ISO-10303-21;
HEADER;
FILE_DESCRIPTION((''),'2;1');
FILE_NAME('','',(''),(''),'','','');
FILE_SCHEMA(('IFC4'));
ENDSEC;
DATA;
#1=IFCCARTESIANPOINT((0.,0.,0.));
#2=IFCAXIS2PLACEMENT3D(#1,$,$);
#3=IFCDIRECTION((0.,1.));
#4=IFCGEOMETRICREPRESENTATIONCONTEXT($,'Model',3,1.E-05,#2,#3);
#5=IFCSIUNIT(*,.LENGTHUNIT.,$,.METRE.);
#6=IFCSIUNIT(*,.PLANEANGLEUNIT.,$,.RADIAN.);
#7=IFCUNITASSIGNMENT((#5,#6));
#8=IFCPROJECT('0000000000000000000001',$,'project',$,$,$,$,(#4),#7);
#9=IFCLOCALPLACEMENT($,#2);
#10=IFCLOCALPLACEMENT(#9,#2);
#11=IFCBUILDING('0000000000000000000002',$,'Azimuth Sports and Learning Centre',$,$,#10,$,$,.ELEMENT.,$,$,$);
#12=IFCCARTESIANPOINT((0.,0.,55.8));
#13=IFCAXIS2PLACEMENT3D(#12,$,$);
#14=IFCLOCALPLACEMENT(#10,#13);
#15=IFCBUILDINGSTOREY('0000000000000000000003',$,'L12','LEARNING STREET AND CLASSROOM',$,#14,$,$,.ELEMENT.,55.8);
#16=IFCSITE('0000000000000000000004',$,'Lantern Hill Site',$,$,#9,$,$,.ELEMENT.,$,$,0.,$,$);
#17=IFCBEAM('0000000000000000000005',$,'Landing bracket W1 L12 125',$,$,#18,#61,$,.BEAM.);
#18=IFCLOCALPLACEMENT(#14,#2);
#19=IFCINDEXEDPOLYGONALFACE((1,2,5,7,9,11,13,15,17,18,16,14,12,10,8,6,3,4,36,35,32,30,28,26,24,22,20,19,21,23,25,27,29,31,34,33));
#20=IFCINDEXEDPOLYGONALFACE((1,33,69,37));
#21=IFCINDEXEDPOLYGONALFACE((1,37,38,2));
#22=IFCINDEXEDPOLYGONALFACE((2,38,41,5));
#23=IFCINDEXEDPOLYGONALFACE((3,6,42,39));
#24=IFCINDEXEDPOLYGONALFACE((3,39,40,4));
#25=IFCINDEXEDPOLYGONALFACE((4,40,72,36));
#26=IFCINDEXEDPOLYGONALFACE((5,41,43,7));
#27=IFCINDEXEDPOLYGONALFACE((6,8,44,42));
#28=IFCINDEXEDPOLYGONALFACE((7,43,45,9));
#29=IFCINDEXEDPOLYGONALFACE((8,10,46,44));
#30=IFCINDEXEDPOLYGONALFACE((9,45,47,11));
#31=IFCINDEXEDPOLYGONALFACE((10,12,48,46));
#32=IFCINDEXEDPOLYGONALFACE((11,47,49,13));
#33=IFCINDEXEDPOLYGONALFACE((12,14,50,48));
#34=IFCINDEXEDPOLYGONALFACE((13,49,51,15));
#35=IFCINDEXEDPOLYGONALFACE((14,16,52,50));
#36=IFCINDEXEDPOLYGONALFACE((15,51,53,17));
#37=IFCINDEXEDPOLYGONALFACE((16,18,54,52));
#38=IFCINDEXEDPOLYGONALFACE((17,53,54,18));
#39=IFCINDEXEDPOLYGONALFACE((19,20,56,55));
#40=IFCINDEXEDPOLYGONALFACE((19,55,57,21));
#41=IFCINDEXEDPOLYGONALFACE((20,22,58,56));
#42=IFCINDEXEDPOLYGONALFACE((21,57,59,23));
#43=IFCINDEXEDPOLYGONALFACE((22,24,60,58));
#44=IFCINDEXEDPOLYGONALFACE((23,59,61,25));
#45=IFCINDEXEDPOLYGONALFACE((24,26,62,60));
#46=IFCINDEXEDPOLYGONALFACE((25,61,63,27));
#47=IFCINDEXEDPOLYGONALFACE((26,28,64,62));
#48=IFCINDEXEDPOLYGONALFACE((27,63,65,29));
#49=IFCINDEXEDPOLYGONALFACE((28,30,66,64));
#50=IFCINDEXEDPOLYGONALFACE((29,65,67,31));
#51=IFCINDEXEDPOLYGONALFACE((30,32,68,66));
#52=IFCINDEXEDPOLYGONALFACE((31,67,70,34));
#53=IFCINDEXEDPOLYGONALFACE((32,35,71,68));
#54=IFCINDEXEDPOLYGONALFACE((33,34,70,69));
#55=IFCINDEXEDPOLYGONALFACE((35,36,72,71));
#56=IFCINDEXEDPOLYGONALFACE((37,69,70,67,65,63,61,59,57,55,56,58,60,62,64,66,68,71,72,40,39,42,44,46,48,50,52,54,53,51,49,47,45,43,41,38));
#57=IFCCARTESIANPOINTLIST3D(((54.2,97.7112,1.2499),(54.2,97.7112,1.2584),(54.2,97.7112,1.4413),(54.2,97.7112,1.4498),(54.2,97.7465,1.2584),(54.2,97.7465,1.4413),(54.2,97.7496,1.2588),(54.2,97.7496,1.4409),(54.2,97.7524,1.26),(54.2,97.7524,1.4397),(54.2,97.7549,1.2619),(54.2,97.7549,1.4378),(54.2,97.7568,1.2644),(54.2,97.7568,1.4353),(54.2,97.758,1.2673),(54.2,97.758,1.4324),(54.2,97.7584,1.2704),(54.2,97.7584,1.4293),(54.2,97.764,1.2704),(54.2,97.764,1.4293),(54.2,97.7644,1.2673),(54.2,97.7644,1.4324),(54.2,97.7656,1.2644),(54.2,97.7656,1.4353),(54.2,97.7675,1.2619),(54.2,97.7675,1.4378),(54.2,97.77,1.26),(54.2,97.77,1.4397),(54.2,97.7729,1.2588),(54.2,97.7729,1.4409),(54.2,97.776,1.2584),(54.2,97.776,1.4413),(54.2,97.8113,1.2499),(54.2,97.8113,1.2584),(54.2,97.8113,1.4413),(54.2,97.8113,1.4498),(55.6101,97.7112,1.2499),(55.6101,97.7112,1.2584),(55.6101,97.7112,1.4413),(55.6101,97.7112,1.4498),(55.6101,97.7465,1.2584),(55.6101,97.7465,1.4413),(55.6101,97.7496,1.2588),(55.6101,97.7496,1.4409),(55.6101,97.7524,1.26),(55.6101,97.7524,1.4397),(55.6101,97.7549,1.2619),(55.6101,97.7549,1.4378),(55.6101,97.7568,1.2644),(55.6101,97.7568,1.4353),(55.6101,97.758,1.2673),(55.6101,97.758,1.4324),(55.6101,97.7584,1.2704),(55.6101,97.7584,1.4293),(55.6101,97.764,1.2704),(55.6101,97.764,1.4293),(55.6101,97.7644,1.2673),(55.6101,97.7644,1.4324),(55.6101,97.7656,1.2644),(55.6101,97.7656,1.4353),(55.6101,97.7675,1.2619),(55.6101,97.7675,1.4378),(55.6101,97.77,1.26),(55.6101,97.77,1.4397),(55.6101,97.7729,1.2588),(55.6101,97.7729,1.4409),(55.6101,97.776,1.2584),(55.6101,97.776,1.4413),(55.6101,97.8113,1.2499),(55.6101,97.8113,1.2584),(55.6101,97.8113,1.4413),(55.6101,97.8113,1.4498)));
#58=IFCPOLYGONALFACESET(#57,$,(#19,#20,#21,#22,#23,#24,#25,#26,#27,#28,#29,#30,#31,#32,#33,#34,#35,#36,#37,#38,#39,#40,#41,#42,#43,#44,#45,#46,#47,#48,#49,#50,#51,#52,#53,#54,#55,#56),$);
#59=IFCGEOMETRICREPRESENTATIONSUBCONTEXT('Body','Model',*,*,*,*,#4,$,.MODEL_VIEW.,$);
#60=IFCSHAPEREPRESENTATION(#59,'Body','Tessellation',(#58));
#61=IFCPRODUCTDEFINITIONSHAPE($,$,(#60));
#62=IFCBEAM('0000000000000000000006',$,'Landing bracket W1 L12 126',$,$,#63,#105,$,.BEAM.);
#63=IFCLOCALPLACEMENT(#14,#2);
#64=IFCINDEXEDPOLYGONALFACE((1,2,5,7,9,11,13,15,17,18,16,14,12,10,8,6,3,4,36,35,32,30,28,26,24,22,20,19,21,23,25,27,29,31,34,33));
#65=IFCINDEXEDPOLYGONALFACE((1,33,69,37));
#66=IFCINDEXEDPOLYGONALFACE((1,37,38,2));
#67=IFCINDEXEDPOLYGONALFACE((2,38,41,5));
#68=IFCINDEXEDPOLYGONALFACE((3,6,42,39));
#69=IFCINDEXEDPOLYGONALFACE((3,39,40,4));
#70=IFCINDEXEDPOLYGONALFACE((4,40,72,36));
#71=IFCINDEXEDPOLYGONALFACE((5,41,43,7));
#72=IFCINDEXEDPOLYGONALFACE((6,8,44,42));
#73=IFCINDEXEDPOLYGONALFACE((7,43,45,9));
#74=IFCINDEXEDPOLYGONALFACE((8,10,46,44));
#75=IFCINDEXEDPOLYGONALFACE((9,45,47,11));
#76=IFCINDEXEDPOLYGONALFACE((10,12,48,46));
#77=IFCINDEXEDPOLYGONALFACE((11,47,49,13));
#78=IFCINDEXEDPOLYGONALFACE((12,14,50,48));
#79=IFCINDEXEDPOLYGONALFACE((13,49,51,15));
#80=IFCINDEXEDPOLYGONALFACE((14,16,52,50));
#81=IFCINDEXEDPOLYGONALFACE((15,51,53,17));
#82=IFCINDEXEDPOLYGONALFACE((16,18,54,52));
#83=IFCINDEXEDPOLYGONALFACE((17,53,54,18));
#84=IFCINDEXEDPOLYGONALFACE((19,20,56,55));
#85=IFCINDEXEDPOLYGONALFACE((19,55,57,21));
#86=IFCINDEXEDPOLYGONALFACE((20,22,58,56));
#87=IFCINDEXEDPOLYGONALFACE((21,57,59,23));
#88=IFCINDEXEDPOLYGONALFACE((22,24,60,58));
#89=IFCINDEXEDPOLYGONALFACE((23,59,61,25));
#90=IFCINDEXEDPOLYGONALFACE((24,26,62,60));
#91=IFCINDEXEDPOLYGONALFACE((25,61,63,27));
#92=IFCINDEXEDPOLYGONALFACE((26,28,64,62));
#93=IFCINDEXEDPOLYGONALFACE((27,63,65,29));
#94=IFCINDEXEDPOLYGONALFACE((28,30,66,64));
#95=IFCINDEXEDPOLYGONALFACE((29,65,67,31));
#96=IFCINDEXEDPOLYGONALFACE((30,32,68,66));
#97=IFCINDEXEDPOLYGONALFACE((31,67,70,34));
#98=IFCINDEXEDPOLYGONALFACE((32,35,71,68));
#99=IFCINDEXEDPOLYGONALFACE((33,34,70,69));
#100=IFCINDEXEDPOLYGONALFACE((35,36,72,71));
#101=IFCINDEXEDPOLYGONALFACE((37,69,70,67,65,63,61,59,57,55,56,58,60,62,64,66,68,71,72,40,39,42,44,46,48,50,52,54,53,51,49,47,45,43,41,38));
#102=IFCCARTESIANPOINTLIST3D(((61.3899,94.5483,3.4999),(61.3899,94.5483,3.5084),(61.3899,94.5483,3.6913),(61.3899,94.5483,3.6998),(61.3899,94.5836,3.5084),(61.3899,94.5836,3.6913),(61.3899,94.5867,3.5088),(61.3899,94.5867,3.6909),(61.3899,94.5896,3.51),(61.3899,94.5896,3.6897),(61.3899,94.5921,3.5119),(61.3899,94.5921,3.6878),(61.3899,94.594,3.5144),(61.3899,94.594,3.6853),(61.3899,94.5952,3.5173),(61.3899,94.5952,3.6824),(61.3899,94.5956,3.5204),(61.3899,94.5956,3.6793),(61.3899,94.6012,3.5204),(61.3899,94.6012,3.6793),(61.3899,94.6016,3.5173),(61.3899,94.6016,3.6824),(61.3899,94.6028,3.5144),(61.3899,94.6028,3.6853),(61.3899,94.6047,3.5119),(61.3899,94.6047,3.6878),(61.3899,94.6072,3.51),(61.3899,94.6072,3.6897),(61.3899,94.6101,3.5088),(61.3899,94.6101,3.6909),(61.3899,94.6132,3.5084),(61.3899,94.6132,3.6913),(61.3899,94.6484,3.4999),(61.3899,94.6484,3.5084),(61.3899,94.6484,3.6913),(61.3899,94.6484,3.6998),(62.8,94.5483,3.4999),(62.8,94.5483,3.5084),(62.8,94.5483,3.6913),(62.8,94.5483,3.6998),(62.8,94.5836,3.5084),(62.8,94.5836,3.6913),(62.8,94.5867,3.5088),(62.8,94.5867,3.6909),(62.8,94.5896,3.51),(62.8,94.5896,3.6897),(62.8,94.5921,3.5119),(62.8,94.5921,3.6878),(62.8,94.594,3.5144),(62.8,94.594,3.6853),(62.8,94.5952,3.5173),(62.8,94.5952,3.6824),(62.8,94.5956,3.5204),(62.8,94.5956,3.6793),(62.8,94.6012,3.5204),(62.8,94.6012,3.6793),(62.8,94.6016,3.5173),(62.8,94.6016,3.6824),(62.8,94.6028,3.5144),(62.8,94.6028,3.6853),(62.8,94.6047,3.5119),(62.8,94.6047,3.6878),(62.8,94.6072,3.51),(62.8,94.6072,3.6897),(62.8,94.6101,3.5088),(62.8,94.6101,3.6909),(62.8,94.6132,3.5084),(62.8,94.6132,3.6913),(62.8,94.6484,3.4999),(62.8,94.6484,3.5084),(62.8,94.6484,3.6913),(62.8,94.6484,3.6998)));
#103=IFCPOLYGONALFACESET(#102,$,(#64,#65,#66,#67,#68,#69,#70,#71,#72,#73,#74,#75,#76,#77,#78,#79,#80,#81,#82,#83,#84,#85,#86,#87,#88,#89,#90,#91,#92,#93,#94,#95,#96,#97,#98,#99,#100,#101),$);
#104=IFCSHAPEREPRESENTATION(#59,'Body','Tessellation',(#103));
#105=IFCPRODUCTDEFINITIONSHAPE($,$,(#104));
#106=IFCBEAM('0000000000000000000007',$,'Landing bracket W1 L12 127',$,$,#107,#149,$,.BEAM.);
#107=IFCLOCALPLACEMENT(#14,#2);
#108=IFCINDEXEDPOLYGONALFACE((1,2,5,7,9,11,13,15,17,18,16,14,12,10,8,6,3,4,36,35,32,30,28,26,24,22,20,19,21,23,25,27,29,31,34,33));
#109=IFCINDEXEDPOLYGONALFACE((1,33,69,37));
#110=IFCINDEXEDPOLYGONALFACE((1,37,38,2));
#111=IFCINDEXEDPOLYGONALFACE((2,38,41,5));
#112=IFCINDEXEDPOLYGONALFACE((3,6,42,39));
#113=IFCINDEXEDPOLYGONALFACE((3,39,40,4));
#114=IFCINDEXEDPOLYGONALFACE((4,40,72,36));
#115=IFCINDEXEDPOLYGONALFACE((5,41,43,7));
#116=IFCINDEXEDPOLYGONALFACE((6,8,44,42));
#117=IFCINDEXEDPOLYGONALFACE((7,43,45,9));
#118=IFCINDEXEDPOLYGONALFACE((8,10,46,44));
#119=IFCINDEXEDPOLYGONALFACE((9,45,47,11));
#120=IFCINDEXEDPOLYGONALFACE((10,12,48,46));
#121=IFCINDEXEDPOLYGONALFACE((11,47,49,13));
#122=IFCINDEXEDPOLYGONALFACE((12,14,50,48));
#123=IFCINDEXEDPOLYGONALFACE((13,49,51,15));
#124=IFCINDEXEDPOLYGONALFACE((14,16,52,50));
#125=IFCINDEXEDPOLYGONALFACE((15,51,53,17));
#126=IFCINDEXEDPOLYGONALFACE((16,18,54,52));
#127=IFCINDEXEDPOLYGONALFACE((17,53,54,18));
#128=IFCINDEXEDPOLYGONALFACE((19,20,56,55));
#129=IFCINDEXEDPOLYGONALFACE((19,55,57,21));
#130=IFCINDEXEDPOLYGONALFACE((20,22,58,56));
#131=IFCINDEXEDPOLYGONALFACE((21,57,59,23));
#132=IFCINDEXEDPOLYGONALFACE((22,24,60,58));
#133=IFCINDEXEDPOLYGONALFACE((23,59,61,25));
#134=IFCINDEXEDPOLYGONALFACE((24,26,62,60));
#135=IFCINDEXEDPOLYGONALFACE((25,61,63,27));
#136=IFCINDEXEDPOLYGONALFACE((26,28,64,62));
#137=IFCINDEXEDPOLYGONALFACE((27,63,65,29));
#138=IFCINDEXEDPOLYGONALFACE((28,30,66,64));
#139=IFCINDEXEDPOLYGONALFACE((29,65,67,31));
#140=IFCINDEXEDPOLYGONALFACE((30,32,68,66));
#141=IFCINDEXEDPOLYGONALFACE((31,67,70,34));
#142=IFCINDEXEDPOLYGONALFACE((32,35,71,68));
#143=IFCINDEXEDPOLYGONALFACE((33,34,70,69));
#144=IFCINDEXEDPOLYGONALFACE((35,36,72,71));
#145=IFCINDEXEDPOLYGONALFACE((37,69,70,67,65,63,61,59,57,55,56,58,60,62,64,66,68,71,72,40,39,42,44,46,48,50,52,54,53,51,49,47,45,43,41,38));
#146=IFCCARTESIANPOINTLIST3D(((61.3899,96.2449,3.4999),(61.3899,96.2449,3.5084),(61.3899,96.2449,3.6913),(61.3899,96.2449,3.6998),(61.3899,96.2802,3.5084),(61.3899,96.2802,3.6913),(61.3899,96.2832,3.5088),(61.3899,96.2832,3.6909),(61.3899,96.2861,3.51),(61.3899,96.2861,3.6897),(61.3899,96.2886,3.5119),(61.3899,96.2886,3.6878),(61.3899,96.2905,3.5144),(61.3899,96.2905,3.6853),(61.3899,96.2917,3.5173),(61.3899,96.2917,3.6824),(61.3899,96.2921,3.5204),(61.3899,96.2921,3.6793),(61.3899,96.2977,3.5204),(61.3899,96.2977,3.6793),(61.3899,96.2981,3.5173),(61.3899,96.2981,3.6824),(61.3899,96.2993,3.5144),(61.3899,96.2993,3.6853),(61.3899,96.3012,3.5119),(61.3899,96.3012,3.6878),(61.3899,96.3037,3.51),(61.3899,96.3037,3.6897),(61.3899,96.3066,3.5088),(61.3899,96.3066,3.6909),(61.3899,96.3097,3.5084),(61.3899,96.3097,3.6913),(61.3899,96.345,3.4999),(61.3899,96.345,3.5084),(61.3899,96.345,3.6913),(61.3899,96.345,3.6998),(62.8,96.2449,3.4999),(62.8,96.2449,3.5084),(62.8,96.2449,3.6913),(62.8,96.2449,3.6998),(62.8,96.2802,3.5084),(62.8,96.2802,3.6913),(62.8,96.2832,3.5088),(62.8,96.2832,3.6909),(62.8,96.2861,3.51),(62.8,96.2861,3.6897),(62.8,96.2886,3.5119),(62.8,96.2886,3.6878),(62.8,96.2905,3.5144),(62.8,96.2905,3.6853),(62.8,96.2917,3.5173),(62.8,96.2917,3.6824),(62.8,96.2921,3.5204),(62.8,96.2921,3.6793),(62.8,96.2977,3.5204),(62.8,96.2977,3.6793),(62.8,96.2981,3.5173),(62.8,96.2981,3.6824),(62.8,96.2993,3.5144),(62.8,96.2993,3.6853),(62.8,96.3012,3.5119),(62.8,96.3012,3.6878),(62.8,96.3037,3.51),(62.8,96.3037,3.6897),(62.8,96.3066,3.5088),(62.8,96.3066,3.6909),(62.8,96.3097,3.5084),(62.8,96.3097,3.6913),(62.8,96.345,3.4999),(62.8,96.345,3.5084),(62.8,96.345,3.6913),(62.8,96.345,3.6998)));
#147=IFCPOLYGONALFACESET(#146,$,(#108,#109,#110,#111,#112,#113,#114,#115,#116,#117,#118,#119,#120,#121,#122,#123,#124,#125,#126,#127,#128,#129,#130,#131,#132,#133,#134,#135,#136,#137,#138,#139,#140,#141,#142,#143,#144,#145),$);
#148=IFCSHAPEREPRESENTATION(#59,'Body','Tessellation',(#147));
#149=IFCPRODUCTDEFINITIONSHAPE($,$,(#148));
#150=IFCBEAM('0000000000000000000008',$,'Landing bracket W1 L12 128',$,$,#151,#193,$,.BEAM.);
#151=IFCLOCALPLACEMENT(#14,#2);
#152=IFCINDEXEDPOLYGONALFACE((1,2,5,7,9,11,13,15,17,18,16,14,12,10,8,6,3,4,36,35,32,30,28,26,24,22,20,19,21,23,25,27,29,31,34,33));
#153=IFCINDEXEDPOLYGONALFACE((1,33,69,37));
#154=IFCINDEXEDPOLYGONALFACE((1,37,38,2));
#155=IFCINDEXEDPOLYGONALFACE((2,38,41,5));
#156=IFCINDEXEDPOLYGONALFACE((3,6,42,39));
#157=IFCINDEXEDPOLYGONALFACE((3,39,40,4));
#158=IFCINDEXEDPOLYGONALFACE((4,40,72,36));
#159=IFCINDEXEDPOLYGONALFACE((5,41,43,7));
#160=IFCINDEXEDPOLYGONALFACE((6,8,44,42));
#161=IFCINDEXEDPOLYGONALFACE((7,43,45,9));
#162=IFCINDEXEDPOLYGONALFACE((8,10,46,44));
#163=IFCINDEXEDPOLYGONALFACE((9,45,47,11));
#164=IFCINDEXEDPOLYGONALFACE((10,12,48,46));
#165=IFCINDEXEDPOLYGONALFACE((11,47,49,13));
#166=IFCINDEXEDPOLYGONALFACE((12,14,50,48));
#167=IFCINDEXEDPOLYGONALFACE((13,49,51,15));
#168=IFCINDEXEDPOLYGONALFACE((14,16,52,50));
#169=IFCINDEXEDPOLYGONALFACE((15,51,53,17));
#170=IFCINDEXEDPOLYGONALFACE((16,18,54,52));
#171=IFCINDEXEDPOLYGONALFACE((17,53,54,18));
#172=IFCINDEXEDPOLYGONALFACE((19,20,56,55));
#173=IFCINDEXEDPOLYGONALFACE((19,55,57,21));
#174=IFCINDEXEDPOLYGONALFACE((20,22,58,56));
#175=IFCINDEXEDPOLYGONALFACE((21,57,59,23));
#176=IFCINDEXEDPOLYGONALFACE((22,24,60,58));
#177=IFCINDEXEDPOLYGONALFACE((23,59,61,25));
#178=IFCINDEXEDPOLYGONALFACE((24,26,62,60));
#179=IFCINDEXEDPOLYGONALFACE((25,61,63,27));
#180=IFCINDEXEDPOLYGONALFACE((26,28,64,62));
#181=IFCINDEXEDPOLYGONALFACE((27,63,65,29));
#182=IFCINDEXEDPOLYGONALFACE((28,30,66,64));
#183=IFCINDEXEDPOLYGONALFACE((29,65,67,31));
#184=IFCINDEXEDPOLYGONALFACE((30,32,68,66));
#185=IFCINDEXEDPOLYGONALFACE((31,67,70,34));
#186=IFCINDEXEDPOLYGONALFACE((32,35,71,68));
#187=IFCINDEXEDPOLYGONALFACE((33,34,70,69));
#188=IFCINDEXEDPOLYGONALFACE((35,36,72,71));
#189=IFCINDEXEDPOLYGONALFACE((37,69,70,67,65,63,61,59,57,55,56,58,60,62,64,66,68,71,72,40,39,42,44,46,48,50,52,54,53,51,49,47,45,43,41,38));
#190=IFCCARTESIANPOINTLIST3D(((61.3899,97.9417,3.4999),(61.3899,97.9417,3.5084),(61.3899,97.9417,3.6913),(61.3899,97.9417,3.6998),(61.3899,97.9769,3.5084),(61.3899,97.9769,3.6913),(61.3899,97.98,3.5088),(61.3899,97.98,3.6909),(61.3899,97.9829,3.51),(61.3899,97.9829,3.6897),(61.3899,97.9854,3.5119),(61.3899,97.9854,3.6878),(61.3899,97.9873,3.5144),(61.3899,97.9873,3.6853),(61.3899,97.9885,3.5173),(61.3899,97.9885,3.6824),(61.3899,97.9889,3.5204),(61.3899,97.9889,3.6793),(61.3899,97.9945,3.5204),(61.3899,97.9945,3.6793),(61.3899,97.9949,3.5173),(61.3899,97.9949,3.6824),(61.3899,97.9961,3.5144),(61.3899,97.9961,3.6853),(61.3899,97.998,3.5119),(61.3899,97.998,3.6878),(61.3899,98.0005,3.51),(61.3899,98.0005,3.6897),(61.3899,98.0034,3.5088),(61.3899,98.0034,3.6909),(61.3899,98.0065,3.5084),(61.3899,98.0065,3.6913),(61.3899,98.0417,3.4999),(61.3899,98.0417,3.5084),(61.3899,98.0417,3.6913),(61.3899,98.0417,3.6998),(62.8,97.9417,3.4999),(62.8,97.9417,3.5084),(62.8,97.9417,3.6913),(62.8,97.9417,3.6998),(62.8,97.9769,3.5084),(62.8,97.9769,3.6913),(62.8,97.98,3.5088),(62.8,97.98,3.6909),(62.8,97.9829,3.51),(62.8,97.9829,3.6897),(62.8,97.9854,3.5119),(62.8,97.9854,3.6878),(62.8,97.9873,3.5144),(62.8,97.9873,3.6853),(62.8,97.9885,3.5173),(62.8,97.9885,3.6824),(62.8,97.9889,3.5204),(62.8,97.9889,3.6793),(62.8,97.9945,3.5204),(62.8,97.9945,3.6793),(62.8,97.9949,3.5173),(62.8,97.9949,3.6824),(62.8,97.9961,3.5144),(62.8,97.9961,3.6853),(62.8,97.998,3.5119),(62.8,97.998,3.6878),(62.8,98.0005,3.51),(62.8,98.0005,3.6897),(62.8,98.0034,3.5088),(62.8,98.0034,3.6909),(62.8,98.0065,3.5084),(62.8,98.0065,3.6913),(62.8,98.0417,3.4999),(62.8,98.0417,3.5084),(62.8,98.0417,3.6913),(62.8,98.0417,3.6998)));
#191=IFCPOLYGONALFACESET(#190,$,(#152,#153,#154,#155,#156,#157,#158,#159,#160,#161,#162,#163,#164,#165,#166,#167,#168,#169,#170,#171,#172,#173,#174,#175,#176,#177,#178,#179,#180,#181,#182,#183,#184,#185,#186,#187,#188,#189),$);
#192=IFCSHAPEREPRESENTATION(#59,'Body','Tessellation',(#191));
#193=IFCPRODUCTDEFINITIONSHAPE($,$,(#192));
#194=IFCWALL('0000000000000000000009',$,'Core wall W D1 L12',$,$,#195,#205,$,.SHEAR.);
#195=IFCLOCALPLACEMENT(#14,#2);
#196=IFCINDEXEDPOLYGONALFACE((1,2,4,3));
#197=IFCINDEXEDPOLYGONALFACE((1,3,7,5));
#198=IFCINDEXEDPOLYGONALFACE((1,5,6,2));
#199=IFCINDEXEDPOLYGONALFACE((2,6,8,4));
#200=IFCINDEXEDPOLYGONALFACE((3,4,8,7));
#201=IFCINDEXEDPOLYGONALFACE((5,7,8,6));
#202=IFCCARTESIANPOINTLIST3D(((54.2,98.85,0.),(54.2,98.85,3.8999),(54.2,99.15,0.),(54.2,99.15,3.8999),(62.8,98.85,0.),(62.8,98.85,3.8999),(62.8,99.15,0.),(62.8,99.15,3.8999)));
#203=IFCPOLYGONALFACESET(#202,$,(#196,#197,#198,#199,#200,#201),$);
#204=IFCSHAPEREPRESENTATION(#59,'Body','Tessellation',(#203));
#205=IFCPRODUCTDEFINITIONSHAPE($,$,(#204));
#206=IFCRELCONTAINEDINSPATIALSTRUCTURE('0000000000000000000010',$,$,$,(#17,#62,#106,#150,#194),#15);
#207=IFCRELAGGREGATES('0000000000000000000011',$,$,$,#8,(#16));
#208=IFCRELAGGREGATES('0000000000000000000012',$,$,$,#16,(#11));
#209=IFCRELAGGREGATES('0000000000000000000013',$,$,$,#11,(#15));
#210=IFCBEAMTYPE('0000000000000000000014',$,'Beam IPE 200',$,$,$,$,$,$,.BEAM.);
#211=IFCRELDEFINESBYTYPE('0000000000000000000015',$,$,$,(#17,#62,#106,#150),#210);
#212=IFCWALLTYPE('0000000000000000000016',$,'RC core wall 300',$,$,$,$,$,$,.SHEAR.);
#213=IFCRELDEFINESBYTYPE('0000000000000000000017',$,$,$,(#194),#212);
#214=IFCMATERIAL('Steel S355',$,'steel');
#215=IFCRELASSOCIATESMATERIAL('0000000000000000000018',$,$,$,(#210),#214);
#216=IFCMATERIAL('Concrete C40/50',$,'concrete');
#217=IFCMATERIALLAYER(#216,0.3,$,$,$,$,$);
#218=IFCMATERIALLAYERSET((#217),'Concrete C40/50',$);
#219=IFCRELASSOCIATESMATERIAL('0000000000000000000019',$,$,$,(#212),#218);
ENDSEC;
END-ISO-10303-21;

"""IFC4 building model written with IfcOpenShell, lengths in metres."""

from ifc_helpers import new_model, si_unit, direction, frame, frame_2d, origin, origin_2d, place, context, subcontext, project, spatial, rectangle, i_section, extrude, material, layer, layer_set, material_profile, profile_set, type_object, element, save


model = new_model("IFC4")

# Units and contexts
model_context = context("Model", 3, precision=1e-05, world=origin(), true_north=direction((0.0, 1.0)))
body_context = subcontext(model_context, "Body", "Model", "MODEL_VIEW")
ifc_project = project(units=[si_unit("LENGTHUNIT", "METRE"), si_unit("PLANEANGLEUNIT", "RADIAN")], contexts=[model_context])

# Site, building, storey
site_placement = place(None, origin())
site = spatial("IfcSite", under=ifc_project, at=site_placement, Name="Lantern Hill Site", CompositionType="ELEMENT", RefElevation=0.0)
building_placement = place(site_placement, origin())
building = spatial("IfcBuilding", under=site, at=building_placement, Name="Azimuth Sports and Learning Centre", CompositionType="ELEMENT")
storey_placement = place(building_placement, frame((0.0, 0.0, 55.8)))
storey = spatial("IfcBuildingStorey", under=building, at=storey_placement, Name="L12", Description="LEARNING STREET AND CLASSROOM", CompositionType="ELEMENT", Elevation=55.8)

# Beams
ifc_material_1 = material(Name="Steel S355", Category="steel")
ifc_material_profile = material_profile(ifc_material_1, i_section(OverallWidth=0.1001, OverallDepth=0.2, WebThickness=0.0056, FlangeThickness=0.0085, FilletRadius=0.012, at=origin_2d()), Name="IPE 200")
ifc_profile_set = profile_set([ifc_material_profile], Name="Steel S355")
beam_type = type_object("IfcBeamType", Name="Beam IPE 200", PredefinedType="BEAM", material=ifc_profile_set)
for number, where, z_axis, x_axis, name in (
    (1, (54.2, 97.7612, 1.3499), (1.0, 0.0, 0.0), (0.0, 1.0, 0.0), "Landing bracket W1 L12 125"),
    (2, (62.8, 94.5984, 3.5999), (-1.0, 0.0, 0.0), (0.0, -1.0, 0.0), "Landing bracket W1 L12 126"),
    (3, (62.8, 96.2949, 3.5999), (-1.0, 0.0, 0.0), (0.0, -1.0, 0.0), "Landing bracket W1 L12 127"),
    (4, (62.8, 97.9917, 3.5999), (-1.0, 0.0, 0.0), (0.0, -1.0, 0.0), "Landing bracket W1 L12 128"),
):
    element("IfcBeam", number, at=place(storey_placement, frame(where, z_axis=z_axis, x_axis=x_axis)), inside=storey, type_object=beam_type, Name=name, PredefinedType="BEAM", context=body_context, shape_type="SweptSolid", body=[
        extrude(i_section(OverallWidth=0.1001, OverallDepth=0.2, WebThickness=0.0056, FlangeThickness=0.0085, FilletRadius=0.012, at=origin_2d()), origin(), (0.0, 0.0, 1.0), 1.4102),
    ])

# Wall
ifc_material_2 = material(Name="Concrete C40/50", Category="concrete")
ifc_layer_1 = layer(ifc_material_2, 0.3)
ifc_layer_set_1 = layer_set([ifc_layer_1], Name="Concrete C40/50")
wall_type = type_object("IfcWallType", Name="RC core wall 300", PredefinedType="SHEAR", material=ifc_layer_set_1)
wall_placement = place(storey_placement, frame((54.2, 99.0, 0.0), z_axis=(0.0, 0.0, 1.0), x_axis=(1.0, 0.0, 0.0)))
element("IfcWall", 5, at=wall_placement, inside=storey, type_object=wall_type, Name="Core wall W D1 L12", PredefinedType="SHEAR", context=body_context, shape_type="SweptSolid", body=[
    extrude(rectangle(XDim=8.6001, YDim=0.3, at=frame_2d((4.3, 0.0))), origin(), (0.0, 0.0, 1.0), 3.8999),
])

save(model, "model.ifc")
